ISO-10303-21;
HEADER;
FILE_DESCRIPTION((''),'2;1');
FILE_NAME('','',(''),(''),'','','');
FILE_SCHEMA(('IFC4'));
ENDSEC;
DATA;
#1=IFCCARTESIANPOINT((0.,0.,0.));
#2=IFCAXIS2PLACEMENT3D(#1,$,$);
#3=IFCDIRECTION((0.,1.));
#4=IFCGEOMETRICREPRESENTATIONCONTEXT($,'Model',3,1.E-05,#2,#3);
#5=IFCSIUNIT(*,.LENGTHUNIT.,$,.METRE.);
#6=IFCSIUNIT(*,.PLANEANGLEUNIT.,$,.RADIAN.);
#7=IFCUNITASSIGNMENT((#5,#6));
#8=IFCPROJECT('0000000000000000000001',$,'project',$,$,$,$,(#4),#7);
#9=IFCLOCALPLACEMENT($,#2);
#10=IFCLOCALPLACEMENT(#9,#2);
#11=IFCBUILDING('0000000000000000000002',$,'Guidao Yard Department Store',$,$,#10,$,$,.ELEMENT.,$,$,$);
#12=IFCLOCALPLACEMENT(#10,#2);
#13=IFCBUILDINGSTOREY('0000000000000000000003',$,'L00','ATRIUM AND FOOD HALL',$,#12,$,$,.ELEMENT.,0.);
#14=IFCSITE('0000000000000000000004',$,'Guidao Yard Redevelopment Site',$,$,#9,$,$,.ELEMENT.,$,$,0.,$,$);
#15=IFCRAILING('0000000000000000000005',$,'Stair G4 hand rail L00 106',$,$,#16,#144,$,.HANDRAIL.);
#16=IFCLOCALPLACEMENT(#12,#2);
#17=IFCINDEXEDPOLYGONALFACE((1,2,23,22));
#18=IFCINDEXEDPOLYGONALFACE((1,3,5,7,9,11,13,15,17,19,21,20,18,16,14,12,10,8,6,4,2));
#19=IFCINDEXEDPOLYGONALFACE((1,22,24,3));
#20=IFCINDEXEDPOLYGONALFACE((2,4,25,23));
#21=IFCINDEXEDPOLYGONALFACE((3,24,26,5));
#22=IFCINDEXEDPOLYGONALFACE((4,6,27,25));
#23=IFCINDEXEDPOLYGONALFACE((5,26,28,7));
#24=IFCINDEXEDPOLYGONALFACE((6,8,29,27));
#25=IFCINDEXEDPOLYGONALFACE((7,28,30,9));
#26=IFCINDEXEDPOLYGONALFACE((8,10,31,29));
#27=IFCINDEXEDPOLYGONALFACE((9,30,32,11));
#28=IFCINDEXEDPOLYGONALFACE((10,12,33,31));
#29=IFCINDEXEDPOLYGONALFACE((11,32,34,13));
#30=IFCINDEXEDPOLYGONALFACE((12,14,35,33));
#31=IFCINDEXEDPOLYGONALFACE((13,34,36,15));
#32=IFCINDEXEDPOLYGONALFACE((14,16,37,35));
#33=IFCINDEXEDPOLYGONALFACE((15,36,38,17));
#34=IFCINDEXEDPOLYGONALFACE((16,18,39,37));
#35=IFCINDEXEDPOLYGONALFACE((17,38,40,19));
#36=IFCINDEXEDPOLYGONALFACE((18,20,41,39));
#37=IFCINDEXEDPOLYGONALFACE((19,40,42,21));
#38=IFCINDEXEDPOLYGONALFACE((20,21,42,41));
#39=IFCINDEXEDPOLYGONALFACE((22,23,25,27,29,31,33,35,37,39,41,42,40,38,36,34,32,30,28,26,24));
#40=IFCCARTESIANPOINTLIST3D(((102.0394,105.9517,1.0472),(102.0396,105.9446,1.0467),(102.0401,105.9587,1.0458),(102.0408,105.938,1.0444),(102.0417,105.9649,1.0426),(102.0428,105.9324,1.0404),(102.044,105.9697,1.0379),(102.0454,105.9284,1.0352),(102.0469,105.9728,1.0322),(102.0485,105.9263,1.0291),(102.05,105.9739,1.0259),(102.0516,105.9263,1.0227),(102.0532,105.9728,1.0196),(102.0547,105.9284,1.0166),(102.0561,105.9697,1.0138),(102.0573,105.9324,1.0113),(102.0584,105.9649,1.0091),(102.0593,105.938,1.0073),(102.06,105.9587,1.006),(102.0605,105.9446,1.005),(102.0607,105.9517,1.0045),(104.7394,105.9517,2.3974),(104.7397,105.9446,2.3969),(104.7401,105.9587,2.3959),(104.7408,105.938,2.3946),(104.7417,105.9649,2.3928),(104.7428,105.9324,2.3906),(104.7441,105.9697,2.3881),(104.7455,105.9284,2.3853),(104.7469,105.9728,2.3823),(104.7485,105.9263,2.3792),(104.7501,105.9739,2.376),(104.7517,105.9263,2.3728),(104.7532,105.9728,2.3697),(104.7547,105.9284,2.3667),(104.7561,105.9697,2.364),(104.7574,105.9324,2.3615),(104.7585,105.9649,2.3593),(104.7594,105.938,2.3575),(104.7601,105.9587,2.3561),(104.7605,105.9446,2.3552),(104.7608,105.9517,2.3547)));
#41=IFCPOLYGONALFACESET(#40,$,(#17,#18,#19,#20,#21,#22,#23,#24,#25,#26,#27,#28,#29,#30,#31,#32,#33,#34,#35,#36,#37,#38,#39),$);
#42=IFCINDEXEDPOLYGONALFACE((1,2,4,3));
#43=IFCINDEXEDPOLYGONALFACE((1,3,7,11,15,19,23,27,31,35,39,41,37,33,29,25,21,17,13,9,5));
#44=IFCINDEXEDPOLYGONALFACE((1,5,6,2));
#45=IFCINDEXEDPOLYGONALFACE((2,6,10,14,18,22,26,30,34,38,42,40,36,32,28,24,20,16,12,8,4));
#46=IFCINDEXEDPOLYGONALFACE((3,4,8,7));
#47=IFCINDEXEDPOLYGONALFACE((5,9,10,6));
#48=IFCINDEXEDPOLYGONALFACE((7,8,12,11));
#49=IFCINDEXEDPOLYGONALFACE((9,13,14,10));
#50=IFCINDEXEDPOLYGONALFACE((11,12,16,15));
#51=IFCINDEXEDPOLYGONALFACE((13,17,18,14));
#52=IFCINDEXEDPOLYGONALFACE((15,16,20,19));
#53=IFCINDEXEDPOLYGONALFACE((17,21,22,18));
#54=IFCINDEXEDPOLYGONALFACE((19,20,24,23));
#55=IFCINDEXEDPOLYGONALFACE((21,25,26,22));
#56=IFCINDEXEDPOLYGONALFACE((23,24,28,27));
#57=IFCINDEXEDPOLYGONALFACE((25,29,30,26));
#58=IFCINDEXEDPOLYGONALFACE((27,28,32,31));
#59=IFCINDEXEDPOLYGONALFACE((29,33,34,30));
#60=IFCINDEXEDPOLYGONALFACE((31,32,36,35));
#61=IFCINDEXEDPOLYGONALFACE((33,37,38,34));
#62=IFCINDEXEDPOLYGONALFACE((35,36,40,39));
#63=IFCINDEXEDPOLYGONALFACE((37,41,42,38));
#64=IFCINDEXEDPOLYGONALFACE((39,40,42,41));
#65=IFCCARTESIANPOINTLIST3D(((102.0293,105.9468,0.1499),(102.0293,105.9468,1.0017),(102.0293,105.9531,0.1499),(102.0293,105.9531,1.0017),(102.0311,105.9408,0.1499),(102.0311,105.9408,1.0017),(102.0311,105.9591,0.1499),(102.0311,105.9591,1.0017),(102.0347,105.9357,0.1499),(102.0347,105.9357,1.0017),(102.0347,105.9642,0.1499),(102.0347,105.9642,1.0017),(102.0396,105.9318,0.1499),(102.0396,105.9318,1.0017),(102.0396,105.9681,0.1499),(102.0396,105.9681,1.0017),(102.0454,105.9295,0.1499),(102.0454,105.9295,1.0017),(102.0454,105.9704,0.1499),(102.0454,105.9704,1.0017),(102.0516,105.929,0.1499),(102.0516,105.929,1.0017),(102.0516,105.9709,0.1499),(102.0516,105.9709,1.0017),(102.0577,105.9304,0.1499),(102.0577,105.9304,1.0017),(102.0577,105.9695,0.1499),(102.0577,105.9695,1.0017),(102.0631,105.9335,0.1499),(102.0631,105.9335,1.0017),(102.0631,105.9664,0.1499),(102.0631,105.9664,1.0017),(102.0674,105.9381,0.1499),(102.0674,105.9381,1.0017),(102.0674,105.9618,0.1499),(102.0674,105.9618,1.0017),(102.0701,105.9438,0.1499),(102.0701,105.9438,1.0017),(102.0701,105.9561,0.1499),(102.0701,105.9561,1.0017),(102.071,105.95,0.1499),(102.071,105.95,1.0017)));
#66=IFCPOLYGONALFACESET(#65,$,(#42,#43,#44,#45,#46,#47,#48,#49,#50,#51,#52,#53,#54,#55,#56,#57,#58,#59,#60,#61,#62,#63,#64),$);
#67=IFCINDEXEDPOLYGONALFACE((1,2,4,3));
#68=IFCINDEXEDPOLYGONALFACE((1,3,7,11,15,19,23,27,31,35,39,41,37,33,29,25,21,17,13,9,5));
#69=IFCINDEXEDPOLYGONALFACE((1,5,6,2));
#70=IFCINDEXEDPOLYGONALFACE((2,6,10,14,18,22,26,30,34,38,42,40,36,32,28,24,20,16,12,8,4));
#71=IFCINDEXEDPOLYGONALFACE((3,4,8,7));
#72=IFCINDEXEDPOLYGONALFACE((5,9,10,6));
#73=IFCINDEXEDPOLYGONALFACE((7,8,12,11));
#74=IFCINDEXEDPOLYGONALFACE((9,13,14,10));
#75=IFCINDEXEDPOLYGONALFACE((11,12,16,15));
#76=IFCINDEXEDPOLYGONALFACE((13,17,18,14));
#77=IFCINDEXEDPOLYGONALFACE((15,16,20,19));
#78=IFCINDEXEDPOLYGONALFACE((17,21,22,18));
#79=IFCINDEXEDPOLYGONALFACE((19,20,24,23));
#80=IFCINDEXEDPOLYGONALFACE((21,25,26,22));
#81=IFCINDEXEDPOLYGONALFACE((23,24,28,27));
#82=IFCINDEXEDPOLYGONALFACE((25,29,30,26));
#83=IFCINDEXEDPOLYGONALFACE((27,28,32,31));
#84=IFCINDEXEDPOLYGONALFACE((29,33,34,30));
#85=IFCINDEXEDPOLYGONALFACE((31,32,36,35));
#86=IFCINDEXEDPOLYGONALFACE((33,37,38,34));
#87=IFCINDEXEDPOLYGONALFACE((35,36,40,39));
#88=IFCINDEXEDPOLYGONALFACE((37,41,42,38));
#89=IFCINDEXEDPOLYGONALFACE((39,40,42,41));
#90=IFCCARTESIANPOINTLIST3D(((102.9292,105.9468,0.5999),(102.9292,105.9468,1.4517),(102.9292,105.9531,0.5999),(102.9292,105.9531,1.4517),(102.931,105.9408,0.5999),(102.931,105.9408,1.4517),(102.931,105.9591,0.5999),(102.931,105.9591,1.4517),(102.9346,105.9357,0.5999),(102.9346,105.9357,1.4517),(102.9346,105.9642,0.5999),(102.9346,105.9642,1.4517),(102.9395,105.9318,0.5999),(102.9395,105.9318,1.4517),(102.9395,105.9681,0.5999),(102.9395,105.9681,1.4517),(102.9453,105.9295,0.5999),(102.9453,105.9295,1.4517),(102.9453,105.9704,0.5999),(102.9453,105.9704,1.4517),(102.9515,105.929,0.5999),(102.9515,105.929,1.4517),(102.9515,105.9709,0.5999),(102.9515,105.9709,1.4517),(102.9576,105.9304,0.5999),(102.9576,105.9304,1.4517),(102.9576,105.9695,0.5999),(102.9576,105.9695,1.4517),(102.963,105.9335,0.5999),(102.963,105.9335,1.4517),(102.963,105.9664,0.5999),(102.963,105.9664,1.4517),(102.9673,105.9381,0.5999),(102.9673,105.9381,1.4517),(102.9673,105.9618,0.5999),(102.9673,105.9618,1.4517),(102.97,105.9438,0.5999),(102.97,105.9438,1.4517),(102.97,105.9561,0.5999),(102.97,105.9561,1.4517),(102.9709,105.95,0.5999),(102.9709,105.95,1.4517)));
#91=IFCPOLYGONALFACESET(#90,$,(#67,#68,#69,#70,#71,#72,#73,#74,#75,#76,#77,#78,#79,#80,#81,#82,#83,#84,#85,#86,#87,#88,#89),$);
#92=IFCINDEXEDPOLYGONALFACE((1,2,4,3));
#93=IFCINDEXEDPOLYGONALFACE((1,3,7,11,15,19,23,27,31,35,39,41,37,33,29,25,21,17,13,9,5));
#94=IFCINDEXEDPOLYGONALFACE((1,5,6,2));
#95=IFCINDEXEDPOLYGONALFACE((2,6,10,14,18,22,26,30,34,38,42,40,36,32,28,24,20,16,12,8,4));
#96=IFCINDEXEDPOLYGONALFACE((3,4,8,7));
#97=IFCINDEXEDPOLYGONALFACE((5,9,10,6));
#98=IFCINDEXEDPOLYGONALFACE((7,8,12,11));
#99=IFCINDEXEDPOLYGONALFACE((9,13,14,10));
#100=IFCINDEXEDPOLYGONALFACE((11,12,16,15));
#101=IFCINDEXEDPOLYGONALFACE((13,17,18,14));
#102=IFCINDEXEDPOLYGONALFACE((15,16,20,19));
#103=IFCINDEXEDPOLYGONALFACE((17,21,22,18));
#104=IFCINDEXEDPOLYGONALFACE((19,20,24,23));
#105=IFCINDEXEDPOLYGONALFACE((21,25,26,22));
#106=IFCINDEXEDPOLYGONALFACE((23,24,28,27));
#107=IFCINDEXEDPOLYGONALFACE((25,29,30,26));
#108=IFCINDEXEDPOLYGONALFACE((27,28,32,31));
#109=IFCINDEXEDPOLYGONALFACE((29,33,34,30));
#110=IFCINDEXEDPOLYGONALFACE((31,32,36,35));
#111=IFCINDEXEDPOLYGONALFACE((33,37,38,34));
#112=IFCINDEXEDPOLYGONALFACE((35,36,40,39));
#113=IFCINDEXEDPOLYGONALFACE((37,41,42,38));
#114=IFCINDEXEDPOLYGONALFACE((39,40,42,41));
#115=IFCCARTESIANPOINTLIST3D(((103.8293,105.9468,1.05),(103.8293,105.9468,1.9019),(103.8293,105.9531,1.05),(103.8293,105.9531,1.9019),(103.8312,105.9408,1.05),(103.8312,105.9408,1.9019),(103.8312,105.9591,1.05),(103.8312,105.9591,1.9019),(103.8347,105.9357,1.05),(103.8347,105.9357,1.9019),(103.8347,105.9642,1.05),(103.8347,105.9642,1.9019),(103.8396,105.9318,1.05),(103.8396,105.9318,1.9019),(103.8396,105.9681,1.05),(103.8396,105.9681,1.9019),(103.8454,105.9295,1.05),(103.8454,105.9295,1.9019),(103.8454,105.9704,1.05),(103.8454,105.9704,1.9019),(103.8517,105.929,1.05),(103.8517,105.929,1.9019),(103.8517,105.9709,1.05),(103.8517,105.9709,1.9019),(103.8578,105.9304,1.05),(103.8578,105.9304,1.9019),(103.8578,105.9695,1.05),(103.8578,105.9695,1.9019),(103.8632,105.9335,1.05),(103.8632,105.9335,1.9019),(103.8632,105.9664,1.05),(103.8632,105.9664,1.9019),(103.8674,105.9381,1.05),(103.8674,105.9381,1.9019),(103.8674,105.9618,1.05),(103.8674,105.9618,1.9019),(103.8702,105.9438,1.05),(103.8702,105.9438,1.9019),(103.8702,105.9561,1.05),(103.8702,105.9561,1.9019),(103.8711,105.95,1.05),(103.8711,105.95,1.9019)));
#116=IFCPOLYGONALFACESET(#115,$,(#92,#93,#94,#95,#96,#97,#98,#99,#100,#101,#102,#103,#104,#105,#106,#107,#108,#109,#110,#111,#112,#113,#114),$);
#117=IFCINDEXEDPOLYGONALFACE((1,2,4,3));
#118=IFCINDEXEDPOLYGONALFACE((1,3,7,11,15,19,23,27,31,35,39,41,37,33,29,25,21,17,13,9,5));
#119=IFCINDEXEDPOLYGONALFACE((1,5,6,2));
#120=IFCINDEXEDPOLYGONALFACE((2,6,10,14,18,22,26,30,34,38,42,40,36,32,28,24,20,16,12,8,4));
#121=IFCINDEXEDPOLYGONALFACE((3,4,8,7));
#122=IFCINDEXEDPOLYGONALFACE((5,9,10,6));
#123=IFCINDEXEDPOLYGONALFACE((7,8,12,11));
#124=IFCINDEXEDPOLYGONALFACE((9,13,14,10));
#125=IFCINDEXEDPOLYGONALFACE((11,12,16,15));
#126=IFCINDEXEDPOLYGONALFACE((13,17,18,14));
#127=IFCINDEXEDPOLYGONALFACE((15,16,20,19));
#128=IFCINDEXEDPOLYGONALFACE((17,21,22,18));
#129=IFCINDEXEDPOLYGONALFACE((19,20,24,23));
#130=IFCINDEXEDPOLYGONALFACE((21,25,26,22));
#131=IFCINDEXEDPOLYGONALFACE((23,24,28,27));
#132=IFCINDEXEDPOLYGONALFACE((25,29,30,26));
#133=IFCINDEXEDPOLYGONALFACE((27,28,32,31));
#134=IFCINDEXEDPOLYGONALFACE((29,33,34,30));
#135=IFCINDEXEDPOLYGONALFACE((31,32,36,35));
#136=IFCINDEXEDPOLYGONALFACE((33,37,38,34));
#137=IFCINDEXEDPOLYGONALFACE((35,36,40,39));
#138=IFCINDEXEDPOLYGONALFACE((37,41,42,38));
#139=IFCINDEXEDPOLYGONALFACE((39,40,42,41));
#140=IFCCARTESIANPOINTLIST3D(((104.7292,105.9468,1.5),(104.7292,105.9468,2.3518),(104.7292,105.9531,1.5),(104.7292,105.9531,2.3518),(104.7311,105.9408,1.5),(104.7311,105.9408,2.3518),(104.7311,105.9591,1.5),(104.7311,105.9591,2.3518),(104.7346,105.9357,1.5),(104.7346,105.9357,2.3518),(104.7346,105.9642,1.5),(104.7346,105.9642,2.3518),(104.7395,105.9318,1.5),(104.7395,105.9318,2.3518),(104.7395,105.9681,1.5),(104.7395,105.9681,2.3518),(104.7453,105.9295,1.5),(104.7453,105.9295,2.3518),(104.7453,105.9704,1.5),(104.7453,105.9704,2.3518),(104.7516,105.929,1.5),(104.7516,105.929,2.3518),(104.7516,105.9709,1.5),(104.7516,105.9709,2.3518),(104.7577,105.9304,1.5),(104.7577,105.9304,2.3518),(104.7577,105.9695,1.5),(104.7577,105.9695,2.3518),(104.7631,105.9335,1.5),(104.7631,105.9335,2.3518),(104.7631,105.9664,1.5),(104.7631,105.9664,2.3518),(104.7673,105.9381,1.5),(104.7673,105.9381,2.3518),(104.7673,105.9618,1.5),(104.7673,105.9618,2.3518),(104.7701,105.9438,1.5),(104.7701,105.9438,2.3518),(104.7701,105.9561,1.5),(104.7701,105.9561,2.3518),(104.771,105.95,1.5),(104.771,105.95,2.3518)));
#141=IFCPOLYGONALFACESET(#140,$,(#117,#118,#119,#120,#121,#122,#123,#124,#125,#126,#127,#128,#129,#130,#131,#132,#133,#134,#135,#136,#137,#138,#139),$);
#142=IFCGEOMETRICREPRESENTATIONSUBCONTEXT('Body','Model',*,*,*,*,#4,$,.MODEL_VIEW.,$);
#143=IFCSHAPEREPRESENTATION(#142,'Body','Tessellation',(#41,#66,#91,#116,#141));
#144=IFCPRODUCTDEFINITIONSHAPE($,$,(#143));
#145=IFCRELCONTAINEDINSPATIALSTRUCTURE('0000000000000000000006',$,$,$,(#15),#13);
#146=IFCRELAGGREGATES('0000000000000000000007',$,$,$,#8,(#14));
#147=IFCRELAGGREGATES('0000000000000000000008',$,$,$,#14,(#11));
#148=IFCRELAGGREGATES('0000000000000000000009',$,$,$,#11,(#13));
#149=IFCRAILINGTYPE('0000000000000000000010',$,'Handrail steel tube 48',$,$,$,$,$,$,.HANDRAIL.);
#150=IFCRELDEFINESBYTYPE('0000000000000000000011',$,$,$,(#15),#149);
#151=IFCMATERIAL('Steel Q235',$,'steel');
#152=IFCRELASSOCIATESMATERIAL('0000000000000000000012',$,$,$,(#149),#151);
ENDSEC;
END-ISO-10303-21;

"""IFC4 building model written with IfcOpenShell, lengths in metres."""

from ifc_helpers import new_model, si_unit, direction, frame, origin, origin_2d, place, context, subcontext, project, spatial, circle, extrude, material, type_object, element, save


model = new_model("IFC4")

# Units and contexts
model_context = context("Model", 3, precision=1e-05, world=origin(), true_north=direction((0.0, 1.0)))
body_context = subcontext(model_context, "Body", "Model", "MODEL_VIEW")
ifc_project = project(units=[si_unit("LENGTHUNIT", "METRE"), si_unit("PLANEANGLEUNIT", "RADIAN")], contexts=[model_context])

# Site, building, storey
site_placement = place(None, origin())
site = spatial("IfcSite", under=ifc_project, at=site_placement, Name="Guidao Yard Redevelopment Site", CompositionType="ELEMENT", RefElevation=0.0)
building_placement = place(site_placement, origin())
building = spatial("IfcBuilding", under=site, at=building_placement, Name="Guidao Yard Department Store", CompositionType="ELEMENT")
storey_placement = place(building_placement, origin())
storey = spatial("IfcBuildingStorey", under=building, at=storey_placement, Name="L00", Description="ATRIUM AND FOOD HALL", CompositionType="ELEMENT", Elevation=0.0)

# Railing
ifc_material_1 = material(Name="Steel Q235", Category="steel")
railing_type = type_object("IfcRailingType", Name="Handrail steel tube 48", PredefinedType="HANDRAIL", material=ifc_material_1)
for number, where, name in (
    (1, (102.05, 105.95, 0.1499), "Stair G4 hand rail L00 106"),
):
    element("IfcRailing", number, at=place(storey_placement, frame(where)), inside=storey, type_object=railing_type, Name=name, PredefinedType="HANDRAIL", context=body_context, shape_type="SweptSolid", body=[
        extrude(circle(Radius=0.0239, at=origin_2d()), frame((0.0, 0.0, 0.876), z_axis=(0.894411, 0.0, 0.447246), x_axis=(0.0, 1.0, 0.0)), (0.0, 0.0, 1.0), 3.0188),
        extrude(circle(Radius=0.021, at=origin_2d()), origin(), (0.0, 0.0, 1.0), 0.8518),
        extrude(circle(Radius=0.021, at=origin_2d()), frame((0.8999, 0.0, 0.45)), (0.0, 0.0, 1.0), 0.8518),
        extrude(circle(Radius=0.021, at=origin_2d()), frame((1.8, 0.0, 0.9001)), (0.0, 0.0, 1.0), 0.8518),
        extrude(circle(Radius=0.021, at=origin_2d()), frame((2.7, 0.0, 1.3501)), (0.0, 0.0, 1.0), 0.8518),
    ])

save(model, "model.ifc")
